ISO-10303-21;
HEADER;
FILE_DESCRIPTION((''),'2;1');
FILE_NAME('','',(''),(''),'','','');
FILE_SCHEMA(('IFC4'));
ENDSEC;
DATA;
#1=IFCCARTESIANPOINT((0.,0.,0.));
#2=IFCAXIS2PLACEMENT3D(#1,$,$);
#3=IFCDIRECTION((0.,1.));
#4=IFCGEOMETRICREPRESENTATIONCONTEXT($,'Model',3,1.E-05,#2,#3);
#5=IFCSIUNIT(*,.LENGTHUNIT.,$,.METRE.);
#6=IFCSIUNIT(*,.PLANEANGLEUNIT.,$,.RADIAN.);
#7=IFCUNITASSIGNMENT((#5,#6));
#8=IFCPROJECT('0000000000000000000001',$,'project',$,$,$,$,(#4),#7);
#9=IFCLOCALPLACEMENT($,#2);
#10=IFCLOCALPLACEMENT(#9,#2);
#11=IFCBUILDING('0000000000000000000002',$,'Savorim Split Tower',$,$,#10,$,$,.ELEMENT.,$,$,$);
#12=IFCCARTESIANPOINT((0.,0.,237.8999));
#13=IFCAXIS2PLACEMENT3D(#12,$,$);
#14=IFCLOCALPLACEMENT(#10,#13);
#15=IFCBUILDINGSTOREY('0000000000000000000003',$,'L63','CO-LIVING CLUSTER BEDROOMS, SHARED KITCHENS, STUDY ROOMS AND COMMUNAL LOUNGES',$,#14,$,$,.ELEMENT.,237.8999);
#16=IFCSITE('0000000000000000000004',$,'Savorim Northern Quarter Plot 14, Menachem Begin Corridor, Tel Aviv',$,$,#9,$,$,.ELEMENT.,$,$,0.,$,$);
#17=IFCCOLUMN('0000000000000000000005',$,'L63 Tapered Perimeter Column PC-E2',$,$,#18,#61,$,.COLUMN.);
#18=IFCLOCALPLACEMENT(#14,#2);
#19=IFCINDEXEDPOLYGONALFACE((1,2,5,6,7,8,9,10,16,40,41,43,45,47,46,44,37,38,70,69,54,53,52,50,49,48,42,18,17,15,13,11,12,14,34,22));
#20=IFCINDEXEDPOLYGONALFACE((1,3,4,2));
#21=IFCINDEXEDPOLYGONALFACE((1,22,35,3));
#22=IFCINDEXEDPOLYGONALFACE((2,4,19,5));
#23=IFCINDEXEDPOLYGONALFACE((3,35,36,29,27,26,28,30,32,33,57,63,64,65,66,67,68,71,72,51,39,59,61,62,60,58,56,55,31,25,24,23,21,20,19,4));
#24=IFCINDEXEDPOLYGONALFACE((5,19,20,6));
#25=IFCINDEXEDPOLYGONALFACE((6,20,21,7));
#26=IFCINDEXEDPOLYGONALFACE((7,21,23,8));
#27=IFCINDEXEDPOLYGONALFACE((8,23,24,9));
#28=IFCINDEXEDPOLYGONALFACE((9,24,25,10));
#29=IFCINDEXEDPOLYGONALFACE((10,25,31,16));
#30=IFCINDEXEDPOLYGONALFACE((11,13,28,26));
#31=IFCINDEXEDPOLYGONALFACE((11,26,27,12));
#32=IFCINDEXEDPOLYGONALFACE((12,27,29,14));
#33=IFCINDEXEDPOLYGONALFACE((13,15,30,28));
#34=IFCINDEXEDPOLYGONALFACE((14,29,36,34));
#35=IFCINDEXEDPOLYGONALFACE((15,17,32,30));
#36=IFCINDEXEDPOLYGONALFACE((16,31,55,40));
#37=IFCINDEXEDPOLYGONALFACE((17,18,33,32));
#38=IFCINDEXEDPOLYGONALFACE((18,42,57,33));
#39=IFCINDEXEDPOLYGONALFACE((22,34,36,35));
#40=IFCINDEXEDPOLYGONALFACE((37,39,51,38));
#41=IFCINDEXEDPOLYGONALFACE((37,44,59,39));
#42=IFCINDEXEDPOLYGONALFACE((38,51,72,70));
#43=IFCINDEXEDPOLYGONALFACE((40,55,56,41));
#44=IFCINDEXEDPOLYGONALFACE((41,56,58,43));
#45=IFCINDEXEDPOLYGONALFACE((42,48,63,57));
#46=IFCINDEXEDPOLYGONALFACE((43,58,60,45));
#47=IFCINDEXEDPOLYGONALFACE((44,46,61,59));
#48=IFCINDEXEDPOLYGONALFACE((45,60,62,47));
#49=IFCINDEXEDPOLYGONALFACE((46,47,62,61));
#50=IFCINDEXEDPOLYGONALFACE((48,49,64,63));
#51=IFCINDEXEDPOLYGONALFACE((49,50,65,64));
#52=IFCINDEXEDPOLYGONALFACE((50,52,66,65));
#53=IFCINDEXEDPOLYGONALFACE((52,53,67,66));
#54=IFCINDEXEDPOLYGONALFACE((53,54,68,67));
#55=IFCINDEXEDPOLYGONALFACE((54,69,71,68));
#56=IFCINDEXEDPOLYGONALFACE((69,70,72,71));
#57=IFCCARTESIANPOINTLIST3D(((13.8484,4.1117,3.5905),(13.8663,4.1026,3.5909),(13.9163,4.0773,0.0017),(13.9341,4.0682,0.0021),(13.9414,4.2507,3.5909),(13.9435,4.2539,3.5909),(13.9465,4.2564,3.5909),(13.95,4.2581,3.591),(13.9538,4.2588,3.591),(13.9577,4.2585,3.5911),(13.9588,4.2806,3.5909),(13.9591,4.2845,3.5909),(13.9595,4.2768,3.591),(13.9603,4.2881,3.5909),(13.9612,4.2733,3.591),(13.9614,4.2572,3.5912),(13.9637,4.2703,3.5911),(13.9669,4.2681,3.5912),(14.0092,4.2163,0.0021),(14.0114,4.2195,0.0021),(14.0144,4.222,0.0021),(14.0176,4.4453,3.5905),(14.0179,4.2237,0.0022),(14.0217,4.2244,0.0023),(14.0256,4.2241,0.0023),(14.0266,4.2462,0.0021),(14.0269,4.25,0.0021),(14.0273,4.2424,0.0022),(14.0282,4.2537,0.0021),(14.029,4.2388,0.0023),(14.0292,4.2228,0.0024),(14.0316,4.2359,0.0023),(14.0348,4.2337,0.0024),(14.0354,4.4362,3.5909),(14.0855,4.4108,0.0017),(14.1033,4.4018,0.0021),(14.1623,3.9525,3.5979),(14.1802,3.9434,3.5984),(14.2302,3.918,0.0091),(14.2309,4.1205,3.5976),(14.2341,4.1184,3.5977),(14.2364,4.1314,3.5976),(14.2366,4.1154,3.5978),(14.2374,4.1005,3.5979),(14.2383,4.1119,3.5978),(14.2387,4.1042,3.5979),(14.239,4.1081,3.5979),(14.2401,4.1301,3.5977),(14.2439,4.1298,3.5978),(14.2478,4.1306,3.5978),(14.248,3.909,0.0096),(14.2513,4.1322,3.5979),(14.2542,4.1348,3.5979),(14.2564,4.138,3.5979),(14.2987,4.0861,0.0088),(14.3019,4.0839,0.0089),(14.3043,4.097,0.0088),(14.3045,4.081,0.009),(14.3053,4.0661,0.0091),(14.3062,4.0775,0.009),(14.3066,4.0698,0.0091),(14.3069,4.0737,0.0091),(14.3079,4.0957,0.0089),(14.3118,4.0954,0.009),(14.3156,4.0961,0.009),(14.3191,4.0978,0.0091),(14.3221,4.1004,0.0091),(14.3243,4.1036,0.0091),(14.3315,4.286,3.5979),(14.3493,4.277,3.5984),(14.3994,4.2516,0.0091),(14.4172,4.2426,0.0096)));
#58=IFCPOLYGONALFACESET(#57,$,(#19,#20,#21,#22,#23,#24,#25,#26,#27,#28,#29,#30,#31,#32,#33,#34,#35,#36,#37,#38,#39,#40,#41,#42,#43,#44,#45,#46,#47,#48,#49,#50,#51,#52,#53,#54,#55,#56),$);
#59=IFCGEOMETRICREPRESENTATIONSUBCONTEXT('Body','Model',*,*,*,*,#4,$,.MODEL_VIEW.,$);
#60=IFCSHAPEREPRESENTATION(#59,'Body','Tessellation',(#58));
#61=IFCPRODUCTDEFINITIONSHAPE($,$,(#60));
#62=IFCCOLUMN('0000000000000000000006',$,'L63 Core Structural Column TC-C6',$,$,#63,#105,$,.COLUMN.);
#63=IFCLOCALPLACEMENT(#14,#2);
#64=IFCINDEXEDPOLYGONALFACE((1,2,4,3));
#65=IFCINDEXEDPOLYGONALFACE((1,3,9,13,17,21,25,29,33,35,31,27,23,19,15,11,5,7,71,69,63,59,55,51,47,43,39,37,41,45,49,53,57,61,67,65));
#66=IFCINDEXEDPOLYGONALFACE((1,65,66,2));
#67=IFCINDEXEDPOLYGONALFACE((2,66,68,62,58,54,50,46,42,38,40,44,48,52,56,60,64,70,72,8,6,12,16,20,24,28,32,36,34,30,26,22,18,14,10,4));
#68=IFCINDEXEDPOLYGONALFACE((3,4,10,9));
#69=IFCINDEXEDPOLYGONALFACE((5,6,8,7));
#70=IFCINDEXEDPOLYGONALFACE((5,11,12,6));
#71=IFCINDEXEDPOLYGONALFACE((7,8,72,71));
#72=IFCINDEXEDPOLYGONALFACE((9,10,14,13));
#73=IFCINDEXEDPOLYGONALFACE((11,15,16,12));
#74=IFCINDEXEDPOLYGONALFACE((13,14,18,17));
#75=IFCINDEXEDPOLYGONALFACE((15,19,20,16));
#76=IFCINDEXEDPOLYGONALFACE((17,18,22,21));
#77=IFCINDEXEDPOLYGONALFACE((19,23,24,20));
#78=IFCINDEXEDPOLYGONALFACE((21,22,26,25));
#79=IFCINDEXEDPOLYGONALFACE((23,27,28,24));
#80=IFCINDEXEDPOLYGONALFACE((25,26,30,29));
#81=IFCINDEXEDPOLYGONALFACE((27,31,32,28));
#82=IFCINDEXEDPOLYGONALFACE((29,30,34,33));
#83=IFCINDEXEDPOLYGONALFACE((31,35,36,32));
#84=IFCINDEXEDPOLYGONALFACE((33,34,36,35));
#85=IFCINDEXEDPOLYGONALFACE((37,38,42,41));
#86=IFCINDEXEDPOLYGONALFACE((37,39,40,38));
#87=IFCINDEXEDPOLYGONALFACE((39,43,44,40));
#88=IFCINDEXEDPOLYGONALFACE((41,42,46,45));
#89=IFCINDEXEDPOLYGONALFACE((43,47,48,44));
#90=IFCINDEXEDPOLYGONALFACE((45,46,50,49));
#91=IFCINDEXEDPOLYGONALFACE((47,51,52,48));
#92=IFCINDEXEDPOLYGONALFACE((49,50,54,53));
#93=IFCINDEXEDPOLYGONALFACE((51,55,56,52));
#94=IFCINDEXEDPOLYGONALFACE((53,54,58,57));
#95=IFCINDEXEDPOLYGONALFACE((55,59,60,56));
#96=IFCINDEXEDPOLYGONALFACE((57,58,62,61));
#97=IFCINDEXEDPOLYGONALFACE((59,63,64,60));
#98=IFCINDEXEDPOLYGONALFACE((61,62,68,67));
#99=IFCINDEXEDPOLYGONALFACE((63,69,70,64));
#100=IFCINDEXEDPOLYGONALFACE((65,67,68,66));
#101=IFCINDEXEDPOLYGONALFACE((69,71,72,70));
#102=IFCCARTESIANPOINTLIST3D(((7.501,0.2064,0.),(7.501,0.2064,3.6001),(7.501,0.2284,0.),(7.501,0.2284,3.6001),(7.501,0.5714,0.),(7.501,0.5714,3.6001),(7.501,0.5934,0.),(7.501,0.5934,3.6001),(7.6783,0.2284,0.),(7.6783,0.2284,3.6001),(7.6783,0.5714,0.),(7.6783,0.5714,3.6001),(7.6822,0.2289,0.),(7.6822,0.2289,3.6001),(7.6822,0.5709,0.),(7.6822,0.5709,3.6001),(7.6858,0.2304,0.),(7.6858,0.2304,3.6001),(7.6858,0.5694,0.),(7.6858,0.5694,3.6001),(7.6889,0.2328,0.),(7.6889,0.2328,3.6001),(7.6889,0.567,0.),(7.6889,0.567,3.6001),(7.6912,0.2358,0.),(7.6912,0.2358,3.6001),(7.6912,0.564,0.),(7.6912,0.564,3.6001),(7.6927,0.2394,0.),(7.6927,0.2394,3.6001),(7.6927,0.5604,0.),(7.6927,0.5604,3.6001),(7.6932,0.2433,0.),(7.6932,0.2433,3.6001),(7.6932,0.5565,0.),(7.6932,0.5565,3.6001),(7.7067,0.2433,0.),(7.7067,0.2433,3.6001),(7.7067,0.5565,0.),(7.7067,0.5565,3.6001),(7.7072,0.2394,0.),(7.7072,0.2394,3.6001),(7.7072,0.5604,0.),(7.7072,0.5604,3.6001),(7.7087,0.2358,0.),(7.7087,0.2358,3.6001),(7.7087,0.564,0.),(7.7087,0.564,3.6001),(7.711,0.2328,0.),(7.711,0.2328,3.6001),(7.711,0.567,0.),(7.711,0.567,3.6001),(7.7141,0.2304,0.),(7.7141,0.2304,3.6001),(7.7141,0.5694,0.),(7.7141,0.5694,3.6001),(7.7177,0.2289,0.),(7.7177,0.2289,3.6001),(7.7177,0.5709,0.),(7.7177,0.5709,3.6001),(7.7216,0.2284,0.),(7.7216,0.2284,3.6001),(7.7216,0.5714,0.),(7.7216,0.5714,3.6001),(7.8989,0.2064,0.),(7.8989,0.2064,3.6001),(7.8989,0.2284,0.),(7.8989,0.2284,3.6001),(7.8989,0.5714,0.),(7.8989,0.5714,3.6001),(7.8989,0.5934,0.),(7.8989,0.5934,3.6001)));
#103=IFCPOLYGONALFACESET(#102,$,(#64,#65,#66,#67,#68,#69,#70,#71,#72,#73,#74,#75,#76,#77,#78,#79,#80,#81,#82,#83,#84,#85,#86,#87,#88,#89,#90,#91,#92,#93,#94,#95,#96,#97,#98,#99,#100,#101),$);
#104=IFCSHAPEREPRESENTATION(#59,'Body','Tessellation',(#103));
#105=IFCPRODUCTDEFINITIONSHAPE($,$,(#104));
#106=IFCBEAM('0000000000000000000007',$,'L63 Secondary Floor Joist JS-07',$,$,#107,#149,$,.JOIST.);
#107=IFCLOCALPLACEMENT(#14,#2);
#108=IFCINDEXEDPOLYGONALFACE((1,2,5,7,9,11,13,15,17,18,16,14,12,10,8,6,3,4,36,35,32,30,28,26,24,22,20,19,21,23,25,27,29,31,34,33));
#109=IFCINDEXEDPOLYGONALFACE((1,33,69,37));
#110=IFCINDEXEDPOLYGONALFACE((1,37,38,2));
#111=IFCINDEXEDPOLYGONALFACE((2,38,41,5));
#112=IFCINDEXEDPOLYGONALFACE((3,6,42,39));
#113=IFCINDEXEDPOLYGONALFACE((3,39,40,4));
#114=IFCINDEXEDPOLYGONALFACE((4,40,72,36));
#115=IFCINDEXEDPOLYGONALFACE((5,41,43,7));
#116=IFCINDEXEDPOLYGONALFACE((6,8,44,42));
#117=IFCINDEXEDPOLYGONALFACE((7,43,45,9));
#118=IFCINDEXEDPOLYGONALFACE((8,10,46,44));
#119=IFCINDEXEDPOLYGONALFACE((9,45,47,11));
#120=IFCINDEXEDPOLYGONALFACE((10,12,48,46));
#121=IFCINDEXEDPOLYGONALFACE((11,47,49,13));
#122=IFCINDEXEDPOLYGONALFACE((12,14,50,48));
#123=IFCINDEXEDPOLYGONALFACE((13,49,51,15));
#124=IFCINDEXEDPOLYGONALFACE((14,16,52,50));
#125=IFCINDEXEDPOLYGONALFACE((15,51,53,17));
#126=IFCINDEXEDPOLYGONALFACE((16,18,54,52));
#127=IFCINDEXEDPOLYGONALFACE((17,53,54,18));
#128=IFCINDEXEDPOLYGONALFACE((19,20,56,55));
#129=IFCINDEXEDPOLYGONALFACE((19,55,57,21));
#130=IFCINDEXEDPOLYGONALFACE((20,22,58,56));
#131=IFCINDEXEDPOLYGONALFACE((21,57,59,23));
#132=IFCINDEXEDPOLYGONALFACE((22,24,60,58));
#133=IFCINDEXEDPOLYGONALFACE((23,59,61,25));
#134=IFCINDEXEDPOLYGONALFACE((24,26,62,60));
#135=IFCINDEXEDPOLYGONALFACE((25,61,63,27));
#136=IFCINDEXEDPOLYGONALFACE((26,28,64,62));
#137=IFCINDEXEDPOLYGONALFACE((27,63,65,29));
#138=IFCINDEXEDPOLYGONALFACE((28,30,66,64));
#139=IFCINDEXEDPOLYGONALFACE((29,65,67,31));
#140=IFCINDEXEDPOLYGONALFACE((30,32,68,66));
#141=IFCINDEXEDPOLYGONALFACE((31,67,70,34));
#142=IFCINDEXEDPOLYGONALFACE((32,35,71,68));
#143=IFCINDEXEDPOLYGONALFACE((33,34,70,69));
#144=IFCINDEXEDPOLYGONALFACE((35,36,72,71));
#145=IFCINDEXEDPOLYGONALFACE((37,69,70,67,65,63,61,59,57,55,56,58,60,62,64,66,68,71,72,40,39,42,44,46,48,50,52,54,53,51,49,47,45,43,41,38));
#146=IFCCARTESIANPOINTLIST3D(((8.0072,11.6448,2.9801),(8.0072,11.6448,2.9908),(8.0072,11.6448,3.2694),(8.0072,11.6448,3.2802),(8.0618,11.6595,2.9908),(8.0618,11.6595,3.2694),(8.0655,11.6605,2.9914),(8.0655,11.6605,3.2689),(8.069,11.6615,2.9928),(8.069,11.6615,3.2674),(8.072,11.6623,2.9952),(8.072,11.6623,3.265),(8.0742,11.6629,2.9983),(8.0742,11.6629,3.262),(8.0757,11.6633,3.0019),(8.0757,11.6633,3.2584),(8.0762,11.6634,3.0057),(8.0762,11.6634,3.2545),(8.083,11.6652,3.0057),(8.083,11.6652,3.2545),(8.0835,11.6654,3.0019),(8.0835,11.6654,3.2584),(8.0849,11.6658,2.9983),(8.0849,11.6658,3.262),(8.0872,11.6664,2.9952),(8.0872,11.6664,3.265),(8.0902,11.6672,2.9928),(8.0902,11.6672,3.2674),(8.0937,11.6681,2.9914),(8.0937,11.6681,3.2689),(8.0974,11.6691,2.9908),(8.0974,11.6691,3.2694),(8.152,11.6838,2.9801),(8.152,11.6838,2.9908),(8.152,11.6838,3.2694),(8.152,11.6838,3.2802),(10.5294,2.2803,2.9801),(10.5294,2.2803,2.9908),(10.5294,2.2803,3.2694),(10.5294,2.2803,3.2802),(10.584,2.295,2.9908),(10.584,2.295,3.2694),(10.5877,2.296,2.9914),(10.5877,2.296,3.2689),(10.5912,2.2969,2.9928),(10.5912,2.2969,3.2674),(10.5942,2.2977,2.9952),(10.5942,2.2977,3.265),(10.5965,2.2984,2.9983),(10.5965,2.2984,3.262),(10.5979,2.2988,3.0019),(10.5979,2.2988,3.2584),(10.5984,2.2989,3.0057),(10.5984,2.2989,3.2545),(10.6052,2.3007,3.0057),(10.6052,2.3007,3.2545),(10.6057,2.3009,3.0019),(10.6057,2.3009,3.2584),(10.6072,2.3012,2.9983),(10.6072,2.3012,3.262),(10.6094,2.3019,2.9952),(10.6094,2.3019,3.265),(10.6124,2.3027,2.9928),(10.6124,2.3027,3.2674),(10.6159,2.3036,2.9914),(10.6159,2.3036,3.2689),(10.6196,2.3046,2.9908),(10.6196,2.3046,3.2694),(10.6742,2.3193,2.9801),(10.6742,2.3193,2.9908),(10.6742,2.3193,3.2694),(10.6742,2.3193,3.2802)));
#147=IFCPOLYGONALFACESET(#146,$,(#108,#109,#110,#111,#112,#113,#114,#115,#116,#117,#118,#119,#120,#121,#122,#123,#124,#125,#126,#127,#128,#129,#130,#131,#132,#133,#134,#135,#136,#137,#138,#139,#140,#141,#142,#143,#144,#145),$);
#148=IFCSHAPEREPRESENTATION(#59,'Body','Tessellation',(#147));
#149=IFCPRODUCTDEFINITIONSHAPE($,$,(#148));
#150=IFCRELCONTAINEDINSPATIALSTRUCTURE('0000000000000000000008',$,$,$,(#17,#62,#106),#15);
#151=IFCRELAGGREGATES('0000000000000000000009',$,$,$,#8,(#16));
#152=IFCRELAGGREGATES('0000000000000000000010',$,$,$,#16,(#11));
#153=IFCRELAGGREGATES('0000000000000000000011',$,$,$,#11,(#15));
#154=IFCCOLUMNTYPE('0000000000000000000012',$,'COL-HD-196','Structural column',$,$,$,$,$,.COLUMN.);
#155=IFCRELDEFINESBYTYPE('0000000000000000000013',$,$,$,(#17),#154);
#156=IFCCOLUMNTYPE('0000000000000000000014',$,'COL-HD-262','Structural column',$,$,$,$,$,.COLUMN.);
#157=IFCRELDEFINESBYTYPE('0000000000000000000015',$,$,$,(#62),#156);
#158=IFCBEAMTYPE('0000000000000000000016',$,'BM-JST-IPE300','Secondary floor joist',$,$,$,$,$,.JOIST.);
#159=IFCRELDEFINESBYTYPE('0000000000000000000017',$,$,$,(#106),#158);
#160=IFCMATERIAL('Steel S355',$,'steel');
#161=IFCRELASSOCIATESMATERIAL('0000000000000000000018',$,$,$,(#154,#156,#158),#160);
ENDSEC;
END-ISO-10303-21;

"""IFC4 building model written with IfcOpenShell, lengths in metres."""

from ifc_helpers import new_model, si_unit, direction, frame, origin, origin_2d, place, context, subcontext, project, spatial, i_section, extrude, material, material_profile, profile_set, type_object, element, save


model = new_model("IFC4")

# Units and contexts
model_context = context("Model", 3, precision=1e-05, world=origin(), true_north=direction((0.0, 1.0)))
body_context = subcontext(model_context, "Body", "Model", "MODEL_VIEW")
ifc_project = project(units=[si_unit("LENGTHUNIT", "METRE"), si_unit("PLANEANGLEUNIT", "RADIAN")], contexts=[model_context])

# Site, building, storey
site_placement = place(None, origin())
site = spatial("IfcSite", under=ifc_project, at=site_placement, Name="Savorim Northern Quarter Plot 14, Menachem Begin Corridor, Tel Aviv", CompositionType="ELEMENT", RefElevation=0.0)
building_placement = place(site_placement, origin())
building = spatial("IfcBuilding", under=site, at=building_placement, Name="Savorim Split Tower", CompositionType="ELEMENT")
storey_placement = place(building_placement, frame((0.0, 0.0, 237.8999)))
storey = spatial("IfcBuildingStorey", under=building, at=storey_placement, Name="L63", Description="CO-LIVING CLUSTER BEDROOMS, SHARED KITCHENS, STUDY ROOMS AND COMMUNAL LOUNGES", CompositionType="ELEMENT", Elevation=237.8999)

# Columns
ifc_material_1 = material(Name="Steel S355", Category="steel")
ifc_material_profile_1 = material_profile(ifc_material_1, i_section(OverallWidth=0.374, OverallDepth=0.3721, WebThickness=0.0122, FlangeThickness=0.02, FilletRadius=0.0149, at=origin_2d()), Name="HD 360x196")
ifc_profile_set_1 = profile_set([ifc_material_profile_1], Name="Steel S355")
column_type_1 = type_object("IfcColumnType", Name="COL-HD-196", Description="Structural column", PredefinedType="COLUMN", material=ifc_profile_set_1)
column_1_placement = place(storey_placement, frame((14.1667, 4.1599, 0.0056), z_axis=(-0.018907, 0.00959, 0.999775), x_axis=(-0.452339, -0.891846, 0.0)))
element("IfcColumn", 1, at=column_1_placement, inside=storey, type_object=column_type_1, Name="L63 Tapered Perimeter Column PC-E2", PredefinedType="COLUMN", context=body_context, shape_type="SweptSolid", body=[
    extrude(i_section(OverallWidth=0.374, OverallDepth=0.3721, WebThickness=0.0122, FlangeThickness=0.02, FilletRadius=0.0149, at=origin_2d()), origin(), (0.0, 0.0, 1.0), 3.5896),
])
ifc_material_profile_2 = material_profile(ifc_material_1, i_section(OverallWidth=0.3979, OverallDepth=0.387, WebThickness=0.0134, FlangeThickness=0.022, FilletRadius=0.0149, at=origin_2d()), Name="HD 400x262")
ifc_profile_set_2 = profile_set([ifc_material_profile_2], Name="Steel S355")
column_type_2 = type_object("IfcColumnType", Name="COL-HD-262", Description="Structural column", PredefinedType="COLUMN", material=ifc_profile_set_2)
column_2_placement = place(storey_placement, frame((7.7, 0.3999, 0.0), z_axis=(0.0, 0.0, 1.0), x_axis=(1.0, 0.0, 0.0)))
element("IfcColumn", 2, at=column_2_placement, inside=storey, type_object=column_type_2, Name="L63 Core Structural Column TC-C6", PredefinedType="COLUMN", context=body_context, shape_type="SweptSolid", body=[
    extrude(i_section(OverallWidth=0.3979, OverallDepth=0.387, WebThickness=0.0134, FlangeThickness=0.022, FilletRadius=0.0149, at=origin_2d()), origin(), (0.0, 0.0, 1.0), 3.6001),
])

# Beam
ifc_material_profile_3 = material_profile(ifc_material_1, i_section(OverallWidth=0.1499, OverallDepth=0.3, WebThickness=0.0071, FlangeThickness=0.0107, FilletRadius=0.0149, at=origin_2d()), Name="IPE 300")
ifc_profile_set_3 = profile_set([ifc_material_profile_3], Name="Steel S355")
beam_type_1 = type_object("IfcBeamType", Name="BM-JST-IPE300", Description="Secondary floor joist", PredefinedType="JOIST", material=ifc_profile_set_3)
beam_1_placement = place(storey_placement, frame((10.6018, 2.2998, 3.1301), z_axis=(-0.26007, 0.96559, 0.0), x_axis=(-0.96559, -0.26007, 0.0)))
element("IfcBeam", 3, at=beam_1_placement, inside=storey, type_object=beam_type_1, Name="L63 Secondary Floor Joist JS-07", PredefinedType="JOIST", context=body_context, shape_type="SweptSolid", body=[
    extrude(i_section(OverallWidth=0.1499, OverallDepth=0.3, WebThickness=0.0071, FlangeThickness=0.0107, FilletRadius=0.0149, at=origin_2d()), origin(), (0.0, 0.0, 1.0), 9.6982),
])

save(model, "model.ifc")
